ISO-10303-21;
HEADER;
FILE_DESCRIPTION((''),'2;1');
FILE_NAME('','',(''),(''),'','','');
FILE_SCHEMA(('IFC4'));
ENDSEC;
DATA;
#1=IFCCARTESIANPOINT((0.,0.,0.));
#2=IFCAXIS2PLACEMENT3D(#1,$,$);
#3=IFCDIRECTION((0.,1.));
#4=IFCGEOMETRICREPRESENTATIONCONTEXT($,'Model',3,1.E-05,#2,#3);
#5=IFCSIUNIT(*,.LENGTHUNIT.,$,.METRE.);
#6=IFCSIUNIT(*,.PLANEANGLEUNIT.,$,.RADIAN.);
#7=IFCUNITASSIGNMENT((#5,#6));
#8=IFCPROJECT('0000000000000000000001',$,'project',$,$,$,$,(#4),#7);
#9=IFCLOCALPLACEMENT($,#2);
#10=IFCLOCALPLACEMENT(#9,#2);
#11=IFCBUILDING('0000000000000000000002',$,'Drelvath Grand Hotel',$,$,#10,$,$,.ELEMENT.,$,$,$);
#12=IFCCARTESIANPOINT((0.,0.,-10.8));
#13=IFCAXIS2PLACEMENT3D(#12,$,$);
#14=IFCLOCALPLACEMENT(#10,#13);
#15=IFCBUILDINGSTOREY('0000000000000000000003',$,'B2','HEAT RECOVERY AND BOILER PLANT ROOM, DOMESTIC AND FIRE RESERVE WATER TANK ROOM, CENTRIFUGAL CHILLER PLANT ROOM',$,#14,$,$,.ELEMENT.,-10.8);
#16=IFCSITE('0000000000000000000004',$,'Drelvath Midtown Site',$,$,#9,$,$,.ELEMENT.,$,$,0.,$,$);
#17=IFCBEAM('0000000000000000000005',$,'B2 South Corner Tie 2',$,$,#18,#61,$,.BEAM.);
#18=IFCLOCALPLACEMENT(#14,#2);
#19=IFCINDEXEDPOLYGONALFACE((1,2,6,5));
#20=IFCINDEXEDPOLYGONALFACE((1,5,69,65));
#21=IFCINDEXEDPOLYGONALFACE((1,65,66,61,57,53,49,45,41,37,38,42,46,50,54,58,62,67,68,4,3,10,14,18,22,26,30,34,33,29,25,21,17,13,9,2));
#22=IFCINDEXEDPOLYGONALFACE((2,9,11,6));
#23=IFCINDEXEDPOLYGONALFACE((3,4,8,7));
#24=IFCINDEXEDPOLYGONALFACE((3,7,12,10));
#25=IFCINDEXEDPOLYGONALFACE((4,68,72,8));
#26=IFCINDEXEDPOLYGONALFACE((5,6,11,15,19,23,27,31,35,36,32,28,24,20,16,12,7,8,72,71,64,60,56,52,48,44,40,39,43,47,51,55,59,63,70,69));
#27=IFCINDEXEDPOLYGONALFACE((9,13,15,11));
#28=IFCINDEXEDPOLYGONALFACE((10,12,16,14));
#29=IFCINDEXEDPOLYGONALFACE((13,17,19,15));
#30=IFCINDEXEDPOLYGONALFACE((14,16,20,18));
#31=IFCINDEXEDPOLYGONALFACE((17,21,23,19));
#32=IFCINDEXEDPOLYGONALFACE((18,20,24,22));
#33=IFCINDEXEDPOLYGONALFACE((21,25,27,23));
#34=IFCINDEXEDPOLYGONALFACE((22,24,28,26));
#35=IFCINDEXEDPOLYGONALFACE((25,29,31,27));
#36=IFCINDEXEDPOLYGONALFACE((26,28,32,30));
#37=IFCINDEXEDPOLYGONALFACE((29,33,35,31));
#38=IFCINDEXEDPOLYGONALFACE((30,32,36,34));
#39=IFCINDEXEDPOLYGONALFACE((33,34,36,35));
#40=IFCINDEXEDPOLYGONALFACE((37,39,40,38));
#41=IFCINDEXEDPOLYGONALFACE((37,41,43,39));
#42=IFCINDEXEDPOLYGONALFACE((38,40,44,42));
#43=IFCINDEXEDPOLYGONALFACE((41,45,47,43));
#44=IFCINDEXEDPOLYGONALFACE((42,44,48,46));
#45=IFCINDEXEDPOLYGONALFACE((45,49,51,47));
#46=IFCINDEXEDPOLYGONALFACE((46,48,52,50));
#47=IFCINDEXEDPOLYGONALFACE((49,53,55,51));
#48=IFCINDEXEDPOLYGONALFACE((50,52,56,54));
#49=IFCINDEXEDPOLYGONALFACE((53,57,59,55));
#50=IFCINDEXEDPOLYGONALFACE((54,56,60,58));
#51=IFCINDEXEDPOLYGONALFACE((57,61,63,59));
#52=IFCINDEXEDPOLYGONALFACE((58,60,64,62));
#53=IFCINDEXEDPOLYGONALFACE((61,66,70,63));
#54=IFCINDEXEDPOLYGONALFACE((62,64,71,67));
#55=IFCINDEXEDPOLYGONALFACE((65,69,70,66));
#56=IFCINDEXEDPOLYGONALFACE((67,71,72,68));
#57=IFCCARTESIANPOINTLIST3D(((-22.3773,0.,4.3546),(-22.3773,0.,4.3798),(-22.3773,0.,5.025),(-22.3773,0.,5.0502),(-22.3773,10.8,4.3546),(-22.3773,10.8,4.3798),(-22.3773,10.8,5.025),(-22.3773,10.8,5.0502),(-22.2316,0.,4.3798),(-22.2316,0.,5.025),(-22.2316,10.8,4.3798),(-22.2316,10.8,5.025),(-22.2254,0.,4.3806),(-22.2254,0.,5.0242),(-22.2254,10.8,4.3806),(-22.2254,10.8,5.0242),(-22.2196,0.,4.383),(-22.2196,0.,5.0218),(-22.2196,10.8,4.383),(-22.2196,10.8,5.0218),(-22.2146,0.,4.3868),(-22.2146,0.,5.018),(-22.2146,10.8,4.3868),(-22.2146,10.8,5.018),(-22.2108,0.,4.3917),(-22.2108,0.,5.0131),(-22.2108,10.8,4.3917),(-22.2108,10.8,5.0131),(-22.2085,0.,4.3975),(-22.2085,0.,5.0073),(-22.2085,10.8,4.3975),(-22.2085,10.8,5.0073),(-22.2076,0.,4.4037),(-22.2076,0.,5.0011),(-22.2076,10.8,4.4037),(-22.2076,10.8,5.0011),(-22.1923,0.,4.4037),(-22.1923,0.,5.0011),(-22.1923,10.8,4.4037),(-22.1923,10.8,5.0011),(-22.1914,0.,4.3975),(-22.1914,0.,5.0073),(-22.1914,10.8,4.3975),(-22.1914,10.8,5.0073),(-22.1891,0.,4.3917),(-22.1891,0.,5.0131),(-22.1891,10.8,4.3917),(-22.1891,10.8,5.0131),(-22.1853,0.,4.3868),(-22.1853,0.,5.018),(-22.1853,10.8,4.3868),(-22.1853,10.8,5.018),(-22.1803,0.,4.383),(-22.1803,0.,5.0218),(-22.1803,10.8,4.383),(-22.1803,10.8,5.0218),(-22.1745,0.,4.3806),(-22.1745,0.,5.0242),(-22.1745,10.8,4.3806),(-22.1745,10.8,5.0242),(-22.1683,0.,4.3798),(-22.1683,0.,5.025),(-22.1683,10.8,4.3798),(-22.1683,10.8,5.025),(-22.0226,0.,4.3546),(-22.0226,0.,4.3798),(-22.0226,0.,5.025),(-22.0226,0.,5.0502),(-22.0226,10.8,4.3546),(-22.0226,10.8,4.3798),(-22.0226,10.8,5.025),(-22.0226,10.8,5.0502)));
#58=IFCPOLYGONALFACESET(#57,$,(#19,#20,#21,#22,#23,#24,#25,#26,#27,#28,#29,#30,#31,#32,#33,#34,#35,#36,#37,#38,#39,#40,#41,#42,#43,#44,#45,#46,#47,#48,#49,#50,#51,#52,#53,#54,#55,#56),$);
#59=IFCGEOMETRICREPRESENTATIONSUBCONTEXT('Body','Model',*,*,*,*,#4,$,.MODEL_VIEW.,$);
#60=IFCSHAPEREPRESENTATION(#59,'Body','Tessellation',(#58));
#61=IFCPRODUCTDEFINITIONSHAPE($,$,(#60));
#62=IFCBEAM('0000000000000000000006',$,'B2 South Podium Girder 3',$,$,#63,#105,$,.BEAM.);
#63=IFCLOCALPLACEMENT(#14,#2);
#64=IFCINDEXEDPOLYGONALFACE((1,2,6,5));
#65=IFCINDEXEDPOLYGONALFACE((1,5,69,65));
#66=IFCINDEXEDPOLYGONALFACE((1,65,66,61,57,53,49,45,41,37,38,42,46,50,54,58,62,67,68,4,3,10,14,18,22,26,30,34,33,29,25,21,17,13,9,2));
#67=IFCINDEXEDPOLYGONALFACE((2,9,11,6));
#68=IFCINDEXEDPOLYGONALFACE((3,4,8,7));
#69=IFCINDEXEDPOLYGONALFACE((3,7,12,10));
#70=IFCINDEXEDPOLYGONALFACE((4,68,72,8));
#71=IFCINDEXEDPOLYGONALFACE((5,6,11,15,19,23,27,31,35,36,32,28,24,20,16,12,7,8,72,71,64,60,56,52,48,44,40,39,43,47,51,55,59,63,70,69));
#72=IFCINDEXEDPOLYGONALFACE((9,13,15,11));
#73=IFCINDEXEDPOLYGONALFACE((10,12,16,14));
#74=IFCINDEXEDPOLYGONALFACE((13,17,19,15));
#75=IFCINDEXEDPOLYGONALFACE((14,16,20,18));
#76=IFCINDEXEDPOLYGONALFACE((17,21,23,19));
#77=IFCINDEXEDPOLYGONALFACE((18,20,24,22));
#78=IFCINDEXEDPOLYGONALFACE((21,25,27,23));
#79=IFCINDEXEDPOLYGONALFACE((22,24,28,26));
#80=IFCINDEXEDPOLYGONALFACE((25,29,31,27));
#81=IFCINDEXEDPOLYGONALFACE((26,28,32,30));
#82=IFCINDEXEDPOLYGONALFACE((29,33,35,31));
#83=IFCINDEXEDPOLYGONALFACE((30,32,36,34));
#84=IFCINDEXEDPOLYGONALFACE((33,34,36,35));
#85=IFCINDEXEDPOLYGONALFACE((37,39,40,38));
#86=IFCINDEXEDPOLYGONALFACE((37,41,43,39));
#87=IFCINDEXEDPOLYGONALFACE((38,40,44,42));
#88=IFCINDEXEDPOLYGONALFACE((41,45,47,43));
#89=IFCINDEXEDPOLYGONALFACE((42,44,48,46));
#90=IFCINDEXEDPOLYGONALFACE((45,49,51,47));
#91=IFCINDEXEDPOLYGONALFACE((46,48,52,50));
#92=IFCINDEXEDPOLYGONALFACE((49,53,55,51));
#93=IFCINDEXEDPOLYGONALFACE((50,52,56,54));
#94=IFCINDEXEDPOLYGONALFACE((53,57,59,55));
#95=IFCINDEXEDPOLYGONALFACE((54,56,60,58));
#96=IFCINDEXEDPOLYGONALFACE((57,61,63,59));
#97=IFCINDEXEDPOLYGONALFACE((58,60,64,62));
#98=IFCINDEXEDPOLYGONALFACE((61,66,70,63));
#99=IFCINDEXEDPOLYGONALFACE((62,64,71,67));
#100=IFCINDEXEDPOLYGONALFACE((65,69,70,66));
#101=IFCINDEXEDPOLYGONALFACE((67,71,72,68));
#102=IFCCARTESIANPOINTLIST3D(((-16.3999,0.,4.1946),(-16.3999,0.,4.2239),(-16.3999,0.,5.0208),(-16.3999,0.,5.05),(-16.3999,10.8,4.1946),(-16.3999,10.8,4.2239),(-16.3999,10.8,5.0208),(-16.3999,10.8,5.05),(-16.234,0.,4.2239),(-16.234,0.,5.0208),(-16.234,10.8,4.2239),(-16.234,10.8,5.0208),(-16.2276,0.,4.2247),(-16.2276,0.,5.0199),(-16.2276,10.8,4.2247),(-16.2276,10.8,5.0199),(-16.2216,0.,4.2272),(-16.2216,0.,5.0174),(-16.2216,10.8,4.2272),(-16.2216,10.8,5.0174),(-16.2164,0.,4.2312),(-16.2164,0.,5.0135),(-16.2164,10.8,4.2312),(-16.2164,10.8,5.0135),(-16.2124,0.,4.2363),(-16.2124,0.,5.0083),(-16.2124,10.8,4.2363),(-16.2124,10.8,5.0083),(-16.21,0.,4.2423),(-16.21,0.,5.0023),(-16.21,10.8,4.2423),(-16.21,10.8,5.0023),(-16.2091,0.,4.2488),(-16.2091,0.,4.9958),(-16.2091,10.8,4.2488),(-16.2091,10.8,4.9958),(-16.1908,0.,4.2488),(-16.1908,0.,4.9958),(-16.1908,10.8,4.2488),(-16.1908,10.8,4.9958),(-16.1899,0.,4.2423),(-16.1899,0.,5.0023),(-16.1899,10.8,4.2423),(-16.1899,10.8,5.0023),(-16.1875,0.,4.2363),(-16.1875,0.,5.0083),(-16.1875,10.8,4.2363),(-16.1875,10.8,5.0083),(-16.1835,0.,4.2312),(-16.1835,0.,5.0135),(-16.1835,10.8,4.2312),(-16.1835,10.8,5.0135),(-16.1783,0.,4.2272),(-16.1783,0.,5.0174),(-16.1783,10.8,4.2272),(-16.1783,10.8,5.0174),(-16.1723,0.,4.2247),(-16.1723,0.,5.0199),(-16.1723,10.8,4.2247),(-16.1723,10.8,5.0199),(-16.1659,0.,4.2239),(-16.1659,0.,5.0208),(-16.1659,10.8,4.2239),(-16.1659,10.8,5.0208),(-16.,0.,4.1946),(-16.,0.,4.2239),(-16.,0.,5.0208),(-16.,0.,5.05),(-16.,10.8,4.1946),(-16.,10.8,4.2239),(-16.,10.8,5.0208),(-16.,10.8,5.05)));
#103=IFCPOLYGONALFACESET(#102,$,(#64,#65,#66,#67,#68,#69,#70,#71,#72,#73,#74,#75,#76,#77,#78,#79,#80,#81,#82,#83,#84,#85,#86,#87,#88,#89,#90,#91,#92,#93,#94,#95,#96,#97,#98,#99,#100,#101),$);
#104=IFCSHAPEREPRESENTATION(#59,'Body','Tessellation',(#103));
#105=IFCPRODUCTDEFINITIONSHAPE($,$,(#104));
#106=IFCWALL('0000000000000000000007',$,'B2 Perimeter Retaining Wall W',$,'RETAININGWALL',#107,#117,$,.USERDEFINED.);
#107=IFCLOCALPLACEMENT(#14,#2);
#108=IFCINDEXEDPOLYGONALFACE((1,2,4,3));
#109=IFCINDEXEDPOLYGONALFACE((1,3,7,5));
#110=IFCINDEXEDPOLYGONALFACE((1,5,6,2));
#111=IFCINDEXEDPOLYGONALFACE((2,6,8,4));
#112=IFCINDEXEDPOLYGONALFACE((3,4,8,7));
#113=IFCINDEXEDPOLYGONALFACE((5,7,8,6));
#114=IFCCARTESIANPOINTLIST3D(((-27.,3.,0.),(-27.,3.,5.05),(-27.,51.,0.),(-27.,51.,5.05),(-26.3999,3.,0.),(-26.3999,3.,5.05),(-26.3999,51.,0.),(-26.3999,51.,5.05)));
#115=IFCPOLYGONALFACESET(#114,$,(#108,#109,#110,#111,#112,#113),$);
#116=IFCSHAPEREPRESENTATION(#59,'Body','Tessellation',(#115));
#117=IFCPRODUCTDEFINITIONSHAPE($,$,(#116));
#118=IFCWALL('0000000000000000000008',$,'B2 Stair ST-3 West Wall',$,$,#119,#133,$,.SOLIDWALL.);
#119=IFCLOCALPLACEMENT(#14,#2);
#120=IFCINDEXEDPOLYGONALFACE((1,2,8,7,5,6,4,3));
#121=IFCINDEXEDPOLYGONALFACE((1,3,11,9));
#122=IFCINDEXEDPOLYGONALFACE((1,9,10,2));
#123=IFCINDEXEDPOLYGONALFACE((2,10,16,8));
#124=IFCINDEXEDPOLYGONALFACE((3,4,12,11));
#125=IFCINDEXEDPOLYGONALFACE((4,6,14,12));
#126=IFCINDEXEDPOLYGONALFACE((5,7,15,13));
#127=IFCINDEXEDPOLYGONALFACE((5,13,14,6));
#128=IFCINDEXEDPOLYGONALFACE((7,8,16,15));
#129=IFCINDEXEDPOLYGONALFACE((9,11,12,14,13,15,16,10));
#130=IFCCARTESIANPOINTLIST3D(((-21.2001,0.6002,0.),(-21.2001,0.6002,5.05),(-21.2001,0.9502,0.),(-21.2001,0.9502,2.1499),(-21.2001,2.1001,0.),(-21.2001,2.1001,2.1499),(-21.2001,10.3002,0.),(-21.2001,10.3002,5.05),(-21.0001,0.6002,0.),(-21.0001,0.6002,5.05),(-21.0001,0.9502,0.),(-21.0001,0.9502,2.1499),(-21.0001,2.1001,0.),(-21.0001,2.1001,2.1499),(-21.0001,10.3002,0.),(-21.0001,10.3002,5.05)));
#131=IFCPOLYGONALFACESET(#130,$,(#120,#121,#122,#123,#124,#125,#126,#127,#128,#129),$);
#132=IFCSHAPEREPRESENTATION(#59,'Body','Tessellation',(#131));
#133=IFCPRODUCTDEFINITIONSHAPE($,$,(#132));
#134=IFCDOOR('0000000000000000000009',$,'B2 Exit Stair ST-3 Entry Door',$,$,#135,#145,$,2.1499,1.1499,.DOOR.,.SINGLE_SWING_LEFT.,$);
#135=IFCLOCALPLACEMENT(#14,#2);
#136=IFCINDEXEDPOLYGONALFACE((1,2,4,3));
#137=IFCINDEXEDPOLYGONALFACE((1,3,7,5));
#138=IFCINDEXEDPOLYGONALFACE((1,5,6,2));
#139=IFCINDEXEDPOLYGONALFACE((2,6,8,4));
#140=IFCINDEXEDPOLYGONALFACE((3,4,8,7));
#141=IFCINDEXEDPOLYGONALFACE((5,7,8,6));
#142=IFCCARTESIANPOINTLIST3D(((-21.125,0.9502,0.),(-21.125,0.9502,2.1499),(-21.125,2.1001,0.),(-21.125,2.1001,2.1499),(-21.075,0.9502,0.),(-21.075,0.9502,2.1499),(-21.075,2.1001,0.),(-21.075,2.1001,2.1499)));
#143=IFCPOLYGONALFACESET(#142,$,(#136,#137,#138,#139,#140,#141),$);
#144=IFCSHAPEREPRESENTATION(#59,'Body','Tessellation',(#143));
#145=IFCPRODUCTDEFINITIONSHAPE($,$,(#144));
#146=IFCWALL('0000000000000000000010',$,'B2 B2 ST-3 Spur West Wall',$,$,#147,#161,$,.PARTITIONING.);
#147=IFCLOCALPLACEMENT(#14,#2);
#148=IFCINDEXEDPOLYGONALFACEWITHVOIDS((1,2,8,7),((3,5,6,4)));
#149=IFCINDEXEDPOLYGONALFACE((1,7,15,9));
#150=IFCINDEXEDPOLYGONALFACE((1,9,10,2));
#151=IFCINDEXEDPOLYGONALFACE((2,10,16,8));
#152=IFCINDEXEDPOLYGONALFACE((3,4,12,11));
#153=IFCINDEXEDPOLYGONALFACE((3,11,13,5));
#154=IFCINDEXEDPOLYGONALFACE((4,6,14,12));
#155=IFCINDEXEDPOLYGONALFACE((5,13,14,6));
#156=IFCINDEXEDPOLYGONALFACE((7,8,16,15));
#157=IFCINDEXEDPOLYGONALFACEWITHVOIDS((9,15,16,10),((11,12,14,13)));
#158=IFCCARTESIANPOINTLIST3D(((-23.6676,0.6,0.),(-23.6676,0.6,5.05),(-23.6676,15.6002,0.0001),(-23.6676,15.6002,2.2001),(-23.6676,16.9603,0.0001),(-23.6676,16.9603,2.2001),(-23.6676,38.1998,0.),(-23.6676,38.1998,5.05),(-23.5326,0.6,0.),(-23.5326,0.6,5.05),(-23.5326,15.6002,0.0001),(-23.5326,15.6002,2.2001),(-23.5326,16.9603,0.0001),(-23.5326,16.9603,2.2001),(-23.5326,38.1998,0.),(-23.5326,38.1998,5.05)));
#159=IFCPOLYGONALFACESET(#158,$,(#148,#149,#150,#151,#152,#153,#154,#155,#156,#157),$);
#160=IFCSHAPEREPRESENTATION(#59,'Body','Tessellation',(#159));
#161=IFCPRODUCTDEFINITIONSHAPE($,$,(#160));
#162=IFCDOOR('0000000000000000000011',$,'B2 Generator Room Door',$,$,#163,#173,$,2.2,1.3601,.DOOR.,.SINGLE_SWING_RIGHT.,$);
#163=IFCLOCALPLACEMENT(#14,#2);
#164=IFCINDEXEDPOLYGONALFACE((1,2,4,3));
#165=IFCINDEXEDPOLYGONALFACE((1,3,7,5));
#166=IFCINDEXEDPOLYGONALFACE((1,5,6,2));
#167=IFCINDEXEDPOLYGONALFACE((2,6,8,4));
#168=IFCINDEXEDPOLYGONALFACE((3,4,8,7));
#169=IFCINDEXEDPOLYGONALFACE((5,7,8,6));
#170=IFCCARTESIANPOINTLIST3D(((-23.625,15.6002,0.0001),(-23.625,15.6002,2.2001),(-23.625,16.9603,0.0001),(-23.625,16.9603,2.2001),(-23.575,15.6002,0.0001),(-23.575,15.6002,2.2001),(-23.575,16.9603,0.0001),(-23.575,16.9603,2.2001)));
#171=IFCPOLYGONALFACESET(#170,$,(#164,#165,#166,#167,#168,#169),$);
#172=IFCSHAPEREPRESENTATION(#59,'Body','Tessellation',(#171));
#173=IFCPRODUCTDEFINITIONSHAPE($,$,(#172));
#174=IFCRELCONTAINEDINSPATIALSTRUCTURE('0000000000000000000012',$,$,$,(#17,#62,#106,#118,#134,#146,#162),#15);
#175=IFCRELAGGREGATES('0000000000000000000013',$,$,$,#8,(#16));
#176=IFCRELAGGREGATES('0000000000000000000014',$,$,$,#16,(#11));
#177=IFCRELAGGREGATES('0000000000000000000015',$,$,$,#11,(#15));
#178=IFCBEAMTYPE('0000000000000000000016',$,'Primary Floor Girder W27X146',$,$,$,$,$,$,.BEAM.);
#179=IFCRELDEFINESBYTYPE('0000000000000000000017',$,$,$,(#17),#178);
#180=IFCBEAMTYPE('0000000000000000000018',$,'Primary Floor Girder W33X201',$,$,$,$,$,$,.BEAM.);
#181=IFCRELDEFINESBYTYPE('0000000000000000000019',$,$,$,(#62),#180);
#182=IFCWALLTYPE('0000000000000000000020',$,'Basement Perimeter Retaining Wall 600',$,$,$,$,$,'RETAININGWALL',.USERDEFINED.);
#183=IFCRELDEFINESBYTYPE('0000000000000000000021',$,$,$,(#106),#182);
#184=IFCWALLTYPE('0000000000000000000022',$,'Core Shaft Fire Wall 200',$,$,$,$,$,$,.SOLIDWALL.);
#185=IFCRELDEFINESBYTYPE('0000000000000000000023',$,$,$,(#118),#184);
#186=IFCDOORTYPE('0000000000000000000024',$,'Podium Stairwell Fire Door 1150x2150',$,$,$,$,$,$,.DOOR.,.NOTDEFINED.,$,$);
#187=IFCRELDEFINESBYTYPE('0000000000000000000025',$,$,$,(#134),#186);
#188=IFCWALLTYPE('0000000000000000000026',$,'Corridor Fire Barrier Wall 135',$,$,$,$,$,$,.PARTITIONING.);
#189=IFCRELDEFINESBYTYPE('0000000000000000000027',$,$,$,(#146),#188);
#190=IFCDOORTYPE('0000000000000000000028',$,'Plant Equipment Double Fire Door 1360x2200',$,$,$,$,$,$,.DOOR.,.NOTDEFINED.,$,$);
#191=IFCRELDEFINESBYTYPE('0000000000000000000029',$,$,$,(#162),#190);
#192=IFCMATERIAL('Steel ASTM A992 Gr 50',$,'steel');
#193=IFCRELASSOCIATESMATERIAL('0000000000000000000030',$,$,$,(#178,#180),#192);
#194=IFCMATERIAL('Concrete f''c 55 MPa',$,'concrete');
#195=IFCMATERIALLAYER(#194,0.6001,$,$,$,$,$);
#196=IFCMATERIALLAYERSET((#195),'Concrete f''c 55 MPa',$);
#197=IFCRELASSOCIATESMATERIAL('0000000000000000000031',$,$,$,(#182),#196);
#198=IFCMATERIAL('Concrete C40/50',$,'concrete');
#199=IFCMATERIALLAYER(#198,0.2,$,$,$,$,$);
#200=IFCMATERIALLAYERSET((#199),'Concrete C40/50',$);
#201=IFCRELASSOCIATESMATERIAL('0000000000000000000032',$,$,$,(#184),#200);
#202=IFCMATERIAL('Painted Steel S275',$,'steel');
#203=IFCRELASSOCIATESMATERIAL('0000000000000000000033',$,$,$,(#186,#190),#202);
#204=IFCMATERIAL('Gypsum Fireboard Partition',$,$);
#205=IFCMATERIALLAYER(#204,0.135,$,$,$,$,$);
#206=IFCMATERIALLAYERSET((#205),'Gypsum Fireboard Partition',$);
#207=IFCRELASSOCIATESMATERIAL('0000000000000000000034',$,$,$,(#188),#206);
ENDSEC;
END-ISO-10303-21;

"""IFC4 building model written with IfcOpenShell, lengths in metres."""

from ifc_helpers import new_model, si_unit, direction, frame, frame_2d, origin, origin_2d, place, context, subcontext, project, spatial, rectangle, i_section, extrude, material, layer, layer_set, material_profile, profile_set, type_object, element, fill, save


model = new_model("IFC4")

# Units and contexts
model_context = context("Model", 3, precision=1e-05, world=origin(), true_north=direction((0.0, 1.0)))
body_context = subcontext(model_context, "Body", "Model", "MODEL_VIEW")
ifc_project = project(units=[si_unit("LENGTHUNIT", "METRE"), si_unit("PLANEANGLEUNIT", "RADIAN")], contexts=[model_context])

# Site, building, storey
site_placement = place(None, origin())
site = spatial("IfcSite", under=ifc_project, at=site_placement, Name="Drelvath Midtown Site", CompositionType="ELEMENT", RefElevation=0.0)
building_placement = place(site_placement, origin())
building = spatial("IfcBuilding", under=site, at=building_placement, Name="Drelvath Grand Hotel", CompositionType="ELEMENT")
storey_placement = place(building_placement, frame((0.0, 0.0, -10.8)))
storey = spatial("IfcBuildingStorey", under=building, at=storey_placement, Name="B2", Description="HEAT RECOVERY AND BOILER PLANT ROOM, DOMESTIC AND FIRE RESERVE WATER TANK ROOM, CENTRIFUGAL CHILLER PLANT ROOM", CompositionType="ELEMENT", Elevation=-10.8)

# Shared definitions
ifc_material_1 = material(Name="Concrete f'c 55 MPa", Category="concrete")

# Beams
ifc_material_2 = material(Name="Steel ASTM A992 Gr 50", Category="steel")
ifc_material_profile_1 = material_profile(ifc_material_2, i_section(OverallWidth=0.3547, OverallDepth=0.6956, WebThickness=0.0154, FlangeThickness=0.0251, FilletRadius=0.0239, at=origin_2d()), Name="W27X146")
ifc_profile_set_1 = profile_set([ifc_material_profile_1], Name="Steel ASTM A992 Gr 50")
beam_type_1 = type_object("IfcBeamType", Name="Primary Floor Girder W27X146", PredefinedType="BEAM", material=ifc_profile_set_1)
beam_1_placement = place(storey_placement, frame((-22.2, 0.0, 4.7024), z_axis=(0.0, 1.0, 0.0), x_axis=(-1.0, 0.0, 0.0)))
element("IfcBeam", 1, at=beam_1_placement, inside=storey, type_object=beam_type_1, Name="B2 South Corner Tie 2", PredefinedType="BEAM", context=body_context, shape_type="SweptSolid", body=[
    extrude(i_section(OverallWidth=0.3547, OverallDepth=0.6956, WebThickness=0.0154, FlangeThickness=0.0251, FilletRadius=0.0239, at=origin_2d()), origin(), (0.0, 0.0, 1.0), 10.8),
])
ifc_material_profile_2 = material_profile(ifc_material_2, i_section(OverallWidth=0.3999, OverallDepth=0.8555, WebThickness=0.0183, FlangeThickness=0.0293, FilletRadius=0.0249, at=origin_2d()), Name="W33X201")
ifc_profile_set_2 = profile_set([ifc_material_profile_2], Name="Steel ASTM A992 Gr 50")
beam_type_2 = type_object("IfcBeamType", Name="Primary Floor Girder W33X201", PredefinedType="BEAM", material=ifc_profile_set_2)
beam_2_placement = place(storey_placement, frame((-16.2, 0.0, 4.6223), z_axis=(0.0, 1.0, 0.0), x_axis=(-1.0, 0.0, 0.0)))
element("IfcBeam", 2, at=beam_2_placement, inside=storey, type_object=beam_type_2, Name="B2 South Podium Girder 3", PredefinedType="BEAM", context=body_context, shape_type="SweptSolid", body=[
    extrude(i_section(OverallWidth=0.3999, OverallDepth=0.8555, WebThickness=0.0183, FlangeThickness=0.0293, FilletRadius=0.0249, at=origin_2d()), origin(), (0.0, 0.0, 1.0), 10.8),
])

# Wall
ifc_layer_1 = layer(ifc_material_1, 0.6001)
ifc_layer_set_1 = layer_set([ifc_layer_1], Name="Concrete f'c 55 MPa")
wall_type_1 = type_object("IfcWallType", Name="Basement Perimeter Retaining Wall 600", ElementType="RETAININGWALL", PredefinedType="USERDEFINED", material=ifc_layer_set_1)
wall_1_placement = place(storey_placement, frame((-26.7, 3.0, 0.0), z_axis=(0.0, 0.0, 1.0), x_axis=(0.0, 1.0, 0.0)))
element("IfcWall", 3, at=wall_1_placement, inside=storey, type_object=wall_type_1, Name="B2 Perimeter Retaining Wall W", ObjectType="RETAININGWALL", PredefinedType="USERDEFINED", context=body_context, shape_type="SweptSolid", body=[
    extrude(rectangle(XDim=48.0, YDim=0.6001, at=frame_2d((24.0, 0.0))), origin(), (0.0, 0.0, 1.0), 5.05),
])

# Walls, openings, doors
ifc_material_3 = material(Name="Concrete C40/50", Category="concrete")
ifc_layer_2 = layer(ifc_material_3, 0.2)
ifc_layer_set_2 = layer_set([ifc_layer_2], Name="Concrete C40/50")
wall_type_2 = type_object("IfcWallType", Name="Core Shaft Fire Wall 200", PredefinedType="SOLIDWALL", material=ifc_layer_set_2)
wall_2_placement = place(storey_placement, frame((-21.1001, 0.6001, 0.0), z_axis=(0.0, 0.0, 1.0), x_axis=(0.0, 1.0, 0.0)))
wall_2 = element("IfcWall", 4, at=wall_2_placement, inside=storey, type_object=wall_type_2, Name="B2 Stair ST-3 West Wall", PredefinedType="SOLIDWALL", context=body_context, shape_type="SweptSolid", body=[
    extrude(rectangle(XDim=9.7, YDim=0.2, at=frame_2d((4.8501, 0.0))), origin(), (0.0, 0.0, 1.0), 5.05),
])
opening_1_placement = place(wall_2_placement, frame((0.3501, 0.0, 0.0)))
opening_1 = element("IfcOpeningElement", 5, at=opening_1_placement, cuts=wall_2, PredefinedType="OPENING", context=body_context, shape_type="SweptSolid", body=[
    extrude(rectangle(XDim=1.1499, YDim=2.1499, at=frame_2d((0.575, 1.075))), frame((0.0, 0.1099, 0.0), z_axis=(0.0, -1.0, 0.0), x_axis=(1.0, 0.0, 0.0)), (0.0, 0.0, 1.0), 0.22),
])
ifc_material_4 = material(Name="Painted Steel S275", Category="steel")
door_type_1 = type_object("IfcDoorType", Name="Podium Stairwell Fire Door 1150x2150", OperationType="NOTDEFINED", PredefinedType="DOOR", material=ifc_material_4)
door_1_placement = place(opening_1_placement, origin())
door_1 = element("IfcDoor", 6, at=door_1_placement, inside=storey, type_object=door_type_1, Name="B2 Exit Stair ST-3 Entry Door", OperationType="SINGLE_SWING_LEFT", OverallHeight=2.1499, OverallWidth=1.1499, PredefinedType="DOOR", context=body_context, shape_type="SweptSolid", body=[
    extrude(rectangle(XDim=1.1499, YDim=2.1499, at=frame_2d((0.575, 1.075))), frame((0.0, 0.0249, 0.0), z_axis=(0.0, -1.0, 0.0), x_axis=(1.0, 0.0, 0.0)), (0.0, 0.0, 1.0), 0.05),
])
fill(opening_1, door_1)
ifc_material_5 = material(Name="Gypsum Fireboard Partition")
ifc_layer_3 = layer(ifc_material_5, 0.135)
ifc_layer_set_3 = layer_set([ifc_layer_3], Name="Gypsum Fireboard Partition")
wall_type_3 = type_object("IfcWallType", Name="Corridor Fire Barrier Wall 135", PredefinedType="PARTITIONING", material=ifc_layer_set_3)
wall_3_placement = place(storey_placement, frame((-23.6001, 0.6001, 0.0), z_axis=(0.0, 0.0, 1.0), x_axis=(0.0, 1.0, 0.0)))
wall_3 = element("IfcWall", 7, at=wall_3_placement, inside=storey, type_object=wall_type_3, Name="B2 B2 ST-3 Spur West Wall", PredefinedType="PARTITIONING", context=body_context, shape_type="SweptSolid", body=[
    extrude(rectangle(XDim=37.5999, YDim=0.135, at=frame_2d((18.7998, 0.0))), origin(), (0.0, 0.0, 1.0), 5.05),
])
opening_2_placement = place(wall_3_placement, frame((15.0, 0.0, 0.0)))
opening_2 = element("IfcOpeningElement", 8, at=opening_2_placement, cuts=wall_3, PredefinedType="OPENING", context=body_context, shape_type="SweptSolid", body=[
    extrude(rectangle(XDim=1.3601, YDim=2.2, at=frame_2d((0.6802, 1.1001))), frame((0.0, 0.0774, 0.0), z_axis=(0.0, -1.0, 0.0), x_axis=(1.0, 0.0, 0.0)), (0.0, 0.0, 1.0), 0.155),
])
door_type_2 = type_object("IfcDoorType", Name="Plant Equipment Double Fire Door 1360x2200", OperationType="NOTDEFINED", PredefinedType="DOOR", material=ifc_material_4)
door_2_placement = place(opening_2_placement, origin())
door_2 = element("IfcDoor", 9, at=door_2_placement, inside=storey, type_object=door_type_2, Name="B2 Generator Room Door", OperationType="SINGLE_SWING_RIGHT", OverallHeight=2.2, OverallWidth=1.3601, PredefinedType="DOOR", context=body_context, shape_type="SweptSolid", body=[
    extrude(rectangle(XDim=1.3601, YDim=2.2, at=frame_2d((0.6802, 1.1001))), frame((0.0, 0.0249, 0.0), z_axis=(0.0, -1.0, 0.0), x_axis=(1.0, 0.0, 0.0)), (0.0, 0.0, 1.0), 0.05),
])
fill(opening_2, door_2)

save(model, "model.ifc")
